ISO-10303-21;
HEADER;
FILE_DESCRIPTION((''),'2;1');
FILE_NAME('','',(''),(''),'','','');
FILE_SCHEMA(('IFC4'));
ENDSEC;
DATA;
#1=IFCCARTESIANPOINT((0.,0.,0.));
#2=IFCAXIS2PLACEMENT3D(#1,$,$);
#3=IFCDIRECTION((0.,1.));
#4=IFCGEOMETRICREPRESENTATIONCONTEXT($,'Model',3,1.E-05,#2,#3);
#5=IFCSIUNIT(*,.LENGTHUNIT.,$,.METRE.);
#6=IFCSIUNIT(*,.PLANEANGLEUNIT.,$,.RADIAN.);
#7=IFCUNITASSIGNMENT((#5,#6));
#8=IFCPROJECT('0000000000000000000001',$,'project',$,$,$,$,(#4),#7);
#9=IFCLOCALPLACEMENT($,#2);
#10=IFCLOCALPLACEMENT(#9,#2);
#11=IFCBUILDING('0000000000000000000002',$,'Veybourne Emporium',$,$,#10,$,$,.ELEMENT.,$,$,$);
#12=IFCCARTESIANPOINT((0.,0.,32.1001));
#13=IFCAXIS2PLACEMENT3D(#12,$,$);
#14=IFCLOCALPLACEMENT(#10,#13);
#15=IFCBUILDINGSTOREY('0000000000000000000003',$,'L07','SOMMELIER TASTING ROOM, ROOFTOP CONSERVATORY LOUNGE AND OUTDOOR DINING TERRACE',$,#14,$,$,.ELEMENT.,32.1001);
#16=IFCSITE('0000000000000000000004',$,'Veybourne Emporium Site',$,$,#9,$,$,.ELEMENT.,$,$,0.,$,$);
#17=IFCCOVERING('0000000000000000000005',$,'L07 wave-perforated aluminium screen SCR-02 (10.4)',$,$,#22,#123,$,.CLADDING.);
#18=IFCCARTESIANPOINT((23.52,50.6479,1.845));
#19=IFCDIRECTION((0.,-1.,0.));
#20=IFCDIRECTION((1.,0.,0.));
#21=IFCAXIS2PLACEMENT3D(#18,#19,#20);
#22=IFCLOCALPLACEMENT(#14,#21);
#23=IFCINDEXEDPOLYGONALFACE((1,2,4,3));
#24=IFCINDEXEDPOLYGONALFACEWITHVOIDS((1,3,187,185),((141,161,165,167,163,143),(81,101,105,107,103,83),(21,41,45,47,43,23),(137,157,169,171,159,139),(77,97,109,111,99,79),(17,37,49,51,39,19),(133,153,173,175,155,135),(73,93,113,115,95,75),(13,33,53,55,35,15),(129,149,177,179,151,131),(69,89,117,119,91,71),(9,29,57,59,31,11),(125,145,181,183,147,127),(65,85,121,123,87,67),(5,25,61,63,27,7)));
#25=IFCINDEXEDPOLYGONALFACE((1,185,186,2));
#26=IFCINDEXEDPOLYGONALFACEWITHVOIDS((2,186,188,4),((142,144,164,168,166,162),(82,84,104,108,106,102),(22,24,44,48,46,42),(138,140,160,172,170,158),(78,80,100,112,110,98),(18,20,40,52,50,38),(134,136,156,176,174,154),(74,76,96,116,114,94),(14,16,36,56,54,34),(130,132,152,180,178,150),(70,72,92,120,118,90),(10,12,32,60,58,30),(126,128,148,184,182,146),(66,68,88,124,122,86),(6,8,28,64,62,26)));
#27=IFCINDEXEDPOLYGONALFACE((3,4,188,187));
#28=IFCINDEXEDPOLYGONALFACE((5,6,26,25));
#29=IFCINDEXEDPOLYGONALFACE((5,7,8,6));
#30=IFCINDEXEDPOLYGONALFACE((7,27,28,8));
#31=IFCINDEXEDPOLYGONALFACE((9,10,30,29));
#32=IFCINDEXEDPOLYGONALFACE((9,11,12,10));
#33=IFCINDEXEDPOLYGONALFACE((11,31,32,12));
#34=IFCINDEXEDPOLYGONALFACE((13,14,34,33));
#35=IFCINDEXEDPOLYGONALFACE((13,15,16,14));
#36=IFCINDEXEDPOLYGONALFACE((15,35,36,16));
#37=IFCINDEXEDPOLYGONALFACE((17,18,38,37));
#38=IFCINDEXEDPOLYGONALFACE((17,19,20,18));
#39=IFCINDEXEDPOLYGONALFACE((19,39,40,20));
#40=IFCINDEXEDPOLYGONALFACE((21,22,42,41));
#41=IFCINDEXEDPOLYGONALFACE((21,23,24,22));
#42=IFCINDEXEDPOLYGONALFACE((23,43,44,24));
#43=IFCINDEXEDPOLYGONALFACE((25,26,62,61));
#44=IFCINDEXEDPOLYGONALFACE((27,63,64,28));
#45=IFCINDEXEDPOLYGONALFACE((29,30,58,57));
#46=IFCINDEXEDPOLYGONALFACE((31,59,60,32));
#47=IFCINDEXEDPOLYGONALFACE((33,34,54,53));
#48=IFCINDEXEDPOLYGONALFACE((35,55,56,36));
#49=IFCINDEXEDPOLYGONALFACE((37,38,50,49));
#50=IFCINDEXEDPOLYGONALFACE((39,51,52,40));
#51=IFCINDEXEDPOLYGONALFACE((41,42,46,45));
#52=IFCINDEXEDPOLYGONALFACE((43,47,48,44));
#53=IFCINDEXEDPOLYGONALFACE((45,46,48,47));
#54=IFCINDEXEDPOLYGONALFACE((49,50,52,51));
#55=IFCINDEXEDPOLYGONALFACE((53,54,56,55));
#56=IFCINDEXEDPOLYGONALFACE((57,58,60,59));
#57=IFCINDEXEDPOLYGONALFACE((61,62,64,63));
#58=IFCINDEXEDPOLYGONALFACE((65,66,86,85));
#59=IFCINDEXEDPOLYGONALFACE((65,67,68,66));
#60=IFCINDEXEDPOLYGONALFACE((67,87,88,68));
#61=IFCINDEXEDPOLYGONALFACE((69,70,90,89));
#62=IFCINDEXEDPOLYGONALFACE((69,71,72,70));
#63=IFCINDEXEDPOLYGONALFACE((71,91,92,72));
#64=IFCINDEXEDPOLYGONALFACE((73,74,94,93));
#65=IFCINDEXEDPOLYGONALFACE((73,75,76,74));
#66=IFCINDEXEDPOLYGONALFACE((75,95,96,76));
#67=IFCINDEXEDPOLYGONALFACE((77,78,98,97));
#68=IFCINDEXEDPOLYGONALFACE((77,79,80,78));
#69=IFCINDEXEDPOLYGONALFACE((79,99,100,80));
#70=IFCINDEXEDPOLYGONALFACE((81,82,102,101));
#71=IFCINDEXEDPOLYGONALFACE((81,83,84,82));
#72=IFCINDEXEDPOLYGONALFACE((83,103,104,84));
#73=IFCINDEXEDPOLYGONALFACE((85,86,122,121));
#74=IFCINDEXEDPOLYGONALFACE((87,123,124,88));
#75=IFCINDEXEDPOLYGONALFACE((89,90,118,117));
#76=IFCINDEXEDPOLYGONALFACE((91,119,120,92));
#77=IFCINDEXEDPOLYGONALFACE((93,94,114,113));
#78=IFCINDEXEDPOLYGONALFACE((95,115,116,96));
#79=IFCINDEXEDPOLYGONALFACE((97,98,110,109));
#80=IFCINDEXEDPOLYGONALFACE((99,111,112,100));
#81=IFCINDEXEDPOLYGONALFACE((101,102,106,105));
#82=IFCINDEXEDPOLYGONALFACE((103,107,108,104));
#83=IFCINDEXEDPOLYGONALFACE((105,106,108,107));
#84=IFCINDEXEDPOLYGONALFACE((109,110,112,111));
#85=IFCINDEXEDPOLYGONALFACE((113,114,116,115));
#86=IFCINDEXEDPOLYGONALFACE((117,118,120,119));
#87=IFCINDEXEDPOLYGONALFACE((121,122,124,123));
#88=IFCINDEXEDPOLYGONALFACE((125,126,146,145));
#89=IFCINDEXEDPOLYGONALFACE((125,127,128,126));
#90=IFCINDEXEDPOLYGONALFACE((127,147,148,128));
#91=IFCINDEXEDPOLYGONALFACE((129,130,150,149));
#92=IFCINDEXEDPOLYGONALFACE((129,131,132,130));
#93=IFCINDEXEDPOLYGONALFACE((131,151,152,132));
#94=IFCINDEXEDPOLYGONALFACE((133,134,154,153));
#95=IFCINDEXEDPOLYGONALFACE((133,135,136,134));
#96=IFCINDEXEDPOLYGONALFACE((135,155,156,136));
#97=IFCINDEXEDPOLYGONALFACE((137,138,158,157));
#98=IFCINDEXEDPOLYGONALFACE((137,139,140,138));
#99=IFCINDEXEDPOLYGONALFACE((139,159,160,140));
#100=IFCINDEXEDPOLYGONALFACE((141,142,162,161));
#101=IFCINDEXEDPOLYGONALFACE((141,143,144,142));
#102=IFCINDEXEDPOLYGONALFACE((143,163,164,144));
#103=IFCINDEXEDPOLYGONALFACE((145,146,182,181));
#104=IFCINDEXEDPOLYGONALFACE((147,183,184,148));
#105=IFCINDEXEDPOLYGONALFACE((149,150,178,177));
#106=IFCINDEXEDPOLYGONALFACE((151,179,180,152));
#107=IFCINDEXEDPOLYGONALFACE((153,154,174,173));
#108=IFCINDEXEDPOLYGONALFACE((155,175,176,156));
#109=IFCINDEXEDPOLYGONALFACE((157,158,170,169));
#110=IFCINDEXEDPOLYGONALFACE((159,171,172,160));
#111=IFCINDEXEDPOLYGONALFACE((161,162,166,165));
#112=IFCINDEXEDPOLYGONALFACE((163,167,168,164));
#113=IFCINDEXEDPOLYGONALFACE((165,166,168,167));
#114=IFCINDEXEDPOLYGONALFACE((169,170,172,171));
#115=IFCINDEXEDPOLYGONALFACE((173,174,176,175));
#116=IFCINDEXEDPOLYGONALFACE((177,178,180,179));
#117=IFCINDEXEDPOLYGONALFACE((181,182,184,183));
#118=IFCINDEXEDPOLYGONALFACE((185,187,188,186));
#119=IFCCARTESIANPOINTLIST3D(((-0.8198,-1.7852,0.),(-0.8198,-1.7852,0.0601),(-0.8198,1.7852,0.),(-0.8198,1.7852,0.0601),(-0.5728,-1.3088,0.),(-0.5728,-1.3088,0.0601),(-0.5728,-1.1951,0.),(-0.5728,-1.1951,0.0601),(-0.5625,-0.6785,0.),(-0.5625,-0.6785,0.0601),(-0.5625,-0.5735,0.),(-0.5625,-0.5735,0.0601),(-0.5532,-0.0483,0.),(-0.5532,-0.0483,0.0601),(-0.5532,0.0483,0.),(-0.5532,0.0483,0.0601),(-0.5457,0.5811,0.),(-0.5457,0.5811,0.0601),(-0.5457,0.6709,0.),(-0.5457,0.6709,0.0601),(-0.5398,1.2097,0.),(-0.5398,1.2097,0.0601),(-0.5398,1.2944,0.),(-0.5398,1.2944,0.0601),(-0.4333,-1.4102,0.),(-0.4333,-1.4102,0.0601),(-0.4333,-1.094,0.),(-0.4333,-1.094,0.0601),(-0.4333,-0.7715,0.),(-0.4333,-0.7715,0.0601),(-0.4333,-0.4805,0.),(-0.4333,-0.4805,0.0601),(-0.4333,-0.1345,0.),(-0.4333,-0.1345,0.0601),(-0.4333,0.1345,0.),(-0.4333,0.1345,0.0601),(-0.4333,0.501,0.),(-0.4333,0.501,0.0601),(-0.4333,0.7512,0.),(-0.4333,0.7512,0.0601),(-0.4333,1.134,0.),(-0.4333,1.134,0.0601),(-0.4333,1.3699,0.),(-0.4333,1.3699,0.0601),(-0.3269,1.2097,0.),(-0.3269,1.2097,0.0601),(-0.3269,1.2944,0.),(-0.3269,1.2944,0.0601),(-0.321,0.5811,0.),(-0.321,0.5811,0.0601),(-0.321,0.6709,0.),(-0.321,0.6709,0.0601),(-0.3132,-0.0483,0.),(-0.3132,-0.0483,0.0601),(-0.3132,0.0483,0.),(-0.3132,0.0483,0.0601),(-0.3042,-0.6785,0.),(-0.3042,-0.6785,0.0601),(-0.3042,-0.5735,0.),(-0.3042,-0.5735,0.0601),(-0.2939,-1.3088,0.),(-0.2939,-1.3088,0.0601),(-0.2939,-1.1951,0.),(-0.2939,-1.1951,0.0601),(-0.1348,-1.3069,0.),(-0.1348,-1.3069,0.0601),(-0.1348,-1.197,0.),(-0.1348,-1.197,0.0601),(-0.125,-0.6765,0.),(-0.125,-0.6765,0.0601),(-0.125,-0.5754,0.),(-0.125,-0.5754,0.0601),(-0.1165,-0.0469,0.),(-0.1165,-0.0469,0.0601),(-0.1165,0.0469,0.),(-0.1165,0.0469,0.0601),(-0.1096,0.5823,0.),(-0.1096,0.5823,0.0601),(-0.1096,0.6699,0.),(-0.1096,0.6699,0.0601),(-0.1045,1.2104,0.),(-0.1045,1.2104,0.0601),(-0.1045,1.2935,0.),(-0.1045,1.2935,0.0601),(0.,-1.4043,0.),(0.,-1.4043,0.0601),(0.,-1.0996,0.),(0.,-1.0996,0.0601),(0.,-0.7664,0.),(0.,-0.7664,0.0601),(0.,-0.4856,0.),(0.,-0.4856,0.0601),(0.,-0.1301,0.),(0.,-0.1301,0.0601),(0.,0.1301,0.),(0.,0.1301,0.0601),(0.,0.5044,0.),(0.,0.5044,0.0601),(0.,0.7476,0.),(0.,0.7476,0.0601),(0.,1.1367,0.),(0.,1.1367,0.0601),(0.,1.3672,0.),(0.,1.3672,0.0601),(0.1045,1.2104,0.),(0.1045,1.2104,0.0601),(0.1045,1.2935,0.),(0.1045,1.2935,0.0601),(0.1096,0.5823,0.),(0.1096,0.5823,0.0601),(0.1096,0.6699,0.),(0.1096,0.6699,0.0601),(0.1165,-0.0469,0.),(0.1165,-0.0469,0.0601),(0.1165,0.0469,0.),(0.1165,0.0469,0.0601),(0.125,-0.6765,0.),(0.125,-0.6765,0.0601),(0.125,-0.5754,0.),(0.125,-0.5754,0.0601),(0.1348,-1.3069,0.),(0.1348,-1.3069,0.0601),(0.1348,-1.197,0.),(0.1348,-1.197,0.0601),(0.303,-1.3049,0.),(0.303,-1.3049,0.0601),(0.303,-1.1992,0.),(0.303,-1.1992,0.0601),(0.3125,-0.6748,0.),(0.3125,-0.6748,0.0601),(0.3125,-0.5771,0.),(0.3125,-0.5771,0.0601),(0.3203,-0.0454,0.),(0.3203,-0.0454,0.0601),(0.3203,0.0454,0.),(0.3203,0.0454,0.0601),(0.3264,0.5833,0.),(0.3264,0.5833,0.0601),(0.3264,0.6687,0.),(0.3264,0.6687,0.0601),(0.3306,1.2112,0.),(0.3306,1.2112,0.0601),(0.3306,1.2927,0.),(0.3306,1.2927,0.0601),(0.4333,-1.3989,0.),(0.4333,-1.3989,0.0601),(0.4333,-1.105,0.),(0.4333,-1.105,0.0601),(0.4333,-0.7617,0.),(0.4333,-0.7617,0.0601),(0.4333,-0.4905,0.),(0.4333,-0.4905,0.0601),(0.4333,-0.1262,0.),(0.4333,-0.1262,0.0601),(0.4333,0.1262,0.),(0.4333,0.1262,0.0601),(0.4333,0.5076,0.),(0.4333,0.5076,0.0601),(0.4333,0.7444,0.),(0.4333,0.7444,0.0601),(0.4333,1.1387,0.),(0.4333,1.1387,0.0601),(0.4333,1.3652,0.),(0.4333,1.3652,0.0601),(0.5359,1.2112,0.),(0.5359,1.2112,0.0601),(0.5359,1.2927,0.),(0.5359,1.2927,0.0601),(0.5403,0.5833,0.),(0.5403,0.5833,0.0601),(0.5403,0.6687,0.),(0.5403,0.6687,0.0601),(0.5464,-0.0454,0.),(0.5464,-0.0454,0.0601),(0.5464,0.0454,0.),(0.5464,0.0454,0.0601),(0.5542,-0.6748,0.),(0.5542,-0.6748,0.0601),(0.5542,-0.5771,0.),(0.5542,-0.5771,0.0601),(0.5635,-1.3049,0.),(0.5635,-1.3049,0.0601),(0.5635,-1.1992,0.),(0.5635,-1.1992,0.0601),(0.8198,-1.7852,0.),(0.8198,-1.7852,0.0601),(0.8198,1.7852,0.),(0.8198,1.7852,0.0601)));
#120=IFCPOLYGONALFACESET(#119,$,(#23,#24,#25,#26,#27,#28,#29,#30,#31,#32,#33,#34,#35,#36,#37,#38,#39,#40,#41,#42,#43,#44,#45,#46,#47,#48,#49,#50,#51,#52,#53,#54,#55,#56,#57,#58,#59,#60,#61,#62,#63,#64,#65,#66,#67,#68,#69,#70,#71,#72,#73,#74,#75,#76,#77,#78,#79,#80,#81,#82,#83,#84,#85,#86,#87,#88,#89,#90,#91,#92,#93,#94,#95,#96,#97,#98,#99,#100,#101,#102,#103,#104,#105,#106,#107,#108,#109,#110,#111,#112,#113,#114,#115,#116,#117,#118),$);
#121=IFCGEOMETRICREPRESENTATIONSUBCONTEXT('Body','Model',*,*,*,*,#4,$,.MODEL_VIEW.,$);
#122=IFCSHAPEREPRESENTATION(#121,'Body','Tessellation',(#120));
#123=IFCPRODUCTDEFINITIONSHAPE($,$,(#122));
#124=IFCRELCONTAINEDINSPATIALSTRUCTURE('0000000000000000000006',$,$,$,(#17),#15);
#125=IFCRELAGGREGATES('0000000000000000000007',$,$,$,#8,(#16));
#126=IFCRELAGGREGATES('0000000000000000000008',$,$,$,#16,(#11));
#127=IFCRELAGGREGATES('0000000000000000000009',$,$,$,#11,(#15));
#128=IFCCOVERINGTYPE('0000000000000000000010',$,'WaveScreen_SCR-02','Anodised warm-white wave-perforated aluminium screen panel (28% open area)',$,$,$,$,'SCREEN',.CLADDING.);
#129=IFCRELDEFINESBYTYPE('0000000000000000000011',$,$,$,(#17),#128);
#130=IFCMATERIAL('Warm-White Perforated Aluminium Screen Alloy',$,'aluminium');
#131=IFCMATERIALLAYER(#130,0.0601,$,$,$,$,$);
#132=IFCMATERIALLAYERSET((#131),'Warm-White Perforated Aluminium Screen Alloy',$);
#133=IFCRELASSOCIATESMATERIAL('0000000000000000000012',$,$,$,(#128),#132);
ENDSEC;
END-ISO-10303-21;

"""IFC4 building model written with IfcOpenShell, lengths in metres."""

from ifc_helpers import new_model, si_unit, direction, frame, origin, place, context, subcontext, project, spatial, polyline, outline, extrude, material, layer, layer_set, type_object, element, save


model = new_model("IFC4")

# Units and contexts
model_context = context("Model", 3, precision=1e-05, world=origin(), true_north=direction((0.0, 1.0)))
body_context = subcontext(model_context, "Body", "Model", "MODEL_VIEW")
ifc_project = project(units=[si_unit("LENGTHUNIT", "METRE"), si_unit("PLANEANGLEUNIT", "RADIAN")], contexts=[model_context])

# Site, building, storey
site_placement = place(None, origin())
site = spatial("IfcSite", under=ifc_project, at=site_placement, Name="Veybourne Emporium Site", CompositionType="ELEMENT", RefElevation=0.0)
building_placement = place(site_placement, origin())
building = spatial("IfcBuilding", under=site, at=building_placement, Name="Veybourne Emporium", CompositionType="ELEMENT")
storey_placement = place(building_placement, frame((0.0, 0.0, 32.1001)))
storey = spatial("IfcBuildingStorey", under=building, at=storey_placement, Name="L07", Description="SOMMELIER TASTING ROOM, ROOFTOP CONSERVATORY LOUNGE AND OUTDOOR DINING TERRACE", CompositionType="ELEMENT", Elevation=32.1001)

# Covering
ifc_material_1 = material(Name="Warm-White Perforated Aluminium Screen Alloy", Category="aluminium")
ifc_layer_1 = layer(ifc_material_1, 0.0601)
ifc_layer_set_1 = layer_set([ifc_layer_1], Name="Warm-White Perforated Aluminium Screen Alloy")
covering_type_1 = type_object("IfcCoveringType", Name="WaveScreen_SCR-02", Description="Anodised warm-white wave-perforated aluminium screen panel (28% open area)", ElementType="SCREEN", PredefinedType="CLADDING", material=ifc_layer_set_1)
covering_1_placement = place(storey_placement, frame((23.52, 50.6479, 1.845), z_axis=(0.0, -1.0, 0.0), x_axis=(1.0, 0.0, 0.0)))
element("IfcCovering", 1, at=covering_1_placement, inside=storey, type_object=covering_type_1, Name="L07 wave-perforated aluminium screen SCR-02 (10.4)", PredefinedType="CLADDING", context=body_context, shape_type="SweptSolid", body=[
    extrude(outline(polyline([(-0.8198, -1.7852), (0.8198, -1.7852), (0.8198, 1.7852), (-0.8198, 1.7852), (-0.8198, -1.7852)]), holes=[polyline([(-0.4333, -1.094), (-0.2939, -1.1951), (-0.2939, -1.3088), (-0.4333, -1.4102), (-0.5728, -1.3088), (-0.5728, -1.1951), (-0.4333, -1.094)]), polyline([(-0.4333, -0.4805), (-0.3042, -0.5735), (-0.3042, -0.6785), (-0.4333, -0.7715), (-0.5625, -0.6785), (-0.5625, -0.5735), (-0.4333, -0.4805)]), polyline([(-0.4333, 0.1345), (-0.3132, 0.0483), (-0.3132, -0.0483), (-0.4333, -0.1345), (-0.5532, -0.0483), (-0.5532, 0.0483), (-0.4333, 0.1345)]), polyline([(-0.4333, 0.7512), (-0.321, 0.6709), (-0.321, 0.5811), (-0.4333, 0.501), (-0.5457, 0.5811), (-0.5457, 0.6709), (-0.4333, 0.7512)]), polyline([(-0.4333, 1.3699), (-0.3269, 1.2944), (-0.3269, 1.2097), (-0.4333, 1.134), (-0.5398, 1.2097), (-0.5398, 1.2944), (-0.4333, 1.3699)]), polyline([(0.0, -1.0996), (0.1348, -1.197), (0.1348, -1.3069), (0.0, -1.4043), (-0.1348, -1.3069), (-0.1348, -1.197), (0.0, -1.0996)]), polyline([(0.0, -0.4856), (0.125, -0.5754), (0.125, -0.6765), (0.0, -0.7664), (-0.125, -0.6765), (-0.125, -0.5754), (0.0, -0.4856)]), polyline([(0.0, 0.1301), (0.1165, 0.0469), (0.1165, -0.0469), (0.0, -0.1301), (-0.1165, -0.0469), (-0.1165, 0.0469), (0.0, 0.1301)]), polyline([(0.0, 0.7476), (0.1096, 0.6699), (0.1096, 0.5823), (0.0, 0.5044), (-0.1096, 0.5823), (-0.1096, 0.6699), (0.0, 0.7476)]), polyline([(0.0, 1.3672), (0.1045, 1.2935), (0.1045, 1.2104), (0.0, 1.1367), (-0.1045, 1.2104), (-0.1045, 1.2935), (0.0, 1.3672)]), polyline([(0.4333, -1.105), (0.5635, -1.1992), (0.5635, -1.3049), (0.4333, -1.3989), (0.303, -1.3049), (0.303, -1.1992), (0.4333, -1.105)]), polyline([(0.4333, -0.4905), (0.5542, -0.5771), (0.5542, -0.6748), (0.4333, -0.7617), (0.3125, -0.6748), (0.3125, -0.5771), (0.4333, -0.4905)]), polyline([(0.4333, 0.1262), (0.5464, 0.0454), (0.5464, -0.0454), (0.4333, -0.1262), (0.3203, -0.0454), (0.3203, 0.0454), (0.4333, 0.1262)]), polyline([(0.4333, 0.7444), (0.5403, 0.6687), (0.5403, 0.5833), (0.4333, 0.5076), (0.3264, 0.5833), (0.3264, 0.6687), (0.4333, 0.7444)]), polyline([(0.4333, 1.3652), (0.5359, 1.2927), (0.5359, 1.2112), (0.4333, 1.1387), (0.3306, 1.2112), (0.3306, 1.2927), (0.4333, 1.3652)])]), origin(), (0.0, 0.0, 1.0), 0.0601),
])

save(model, "model.ifc")
